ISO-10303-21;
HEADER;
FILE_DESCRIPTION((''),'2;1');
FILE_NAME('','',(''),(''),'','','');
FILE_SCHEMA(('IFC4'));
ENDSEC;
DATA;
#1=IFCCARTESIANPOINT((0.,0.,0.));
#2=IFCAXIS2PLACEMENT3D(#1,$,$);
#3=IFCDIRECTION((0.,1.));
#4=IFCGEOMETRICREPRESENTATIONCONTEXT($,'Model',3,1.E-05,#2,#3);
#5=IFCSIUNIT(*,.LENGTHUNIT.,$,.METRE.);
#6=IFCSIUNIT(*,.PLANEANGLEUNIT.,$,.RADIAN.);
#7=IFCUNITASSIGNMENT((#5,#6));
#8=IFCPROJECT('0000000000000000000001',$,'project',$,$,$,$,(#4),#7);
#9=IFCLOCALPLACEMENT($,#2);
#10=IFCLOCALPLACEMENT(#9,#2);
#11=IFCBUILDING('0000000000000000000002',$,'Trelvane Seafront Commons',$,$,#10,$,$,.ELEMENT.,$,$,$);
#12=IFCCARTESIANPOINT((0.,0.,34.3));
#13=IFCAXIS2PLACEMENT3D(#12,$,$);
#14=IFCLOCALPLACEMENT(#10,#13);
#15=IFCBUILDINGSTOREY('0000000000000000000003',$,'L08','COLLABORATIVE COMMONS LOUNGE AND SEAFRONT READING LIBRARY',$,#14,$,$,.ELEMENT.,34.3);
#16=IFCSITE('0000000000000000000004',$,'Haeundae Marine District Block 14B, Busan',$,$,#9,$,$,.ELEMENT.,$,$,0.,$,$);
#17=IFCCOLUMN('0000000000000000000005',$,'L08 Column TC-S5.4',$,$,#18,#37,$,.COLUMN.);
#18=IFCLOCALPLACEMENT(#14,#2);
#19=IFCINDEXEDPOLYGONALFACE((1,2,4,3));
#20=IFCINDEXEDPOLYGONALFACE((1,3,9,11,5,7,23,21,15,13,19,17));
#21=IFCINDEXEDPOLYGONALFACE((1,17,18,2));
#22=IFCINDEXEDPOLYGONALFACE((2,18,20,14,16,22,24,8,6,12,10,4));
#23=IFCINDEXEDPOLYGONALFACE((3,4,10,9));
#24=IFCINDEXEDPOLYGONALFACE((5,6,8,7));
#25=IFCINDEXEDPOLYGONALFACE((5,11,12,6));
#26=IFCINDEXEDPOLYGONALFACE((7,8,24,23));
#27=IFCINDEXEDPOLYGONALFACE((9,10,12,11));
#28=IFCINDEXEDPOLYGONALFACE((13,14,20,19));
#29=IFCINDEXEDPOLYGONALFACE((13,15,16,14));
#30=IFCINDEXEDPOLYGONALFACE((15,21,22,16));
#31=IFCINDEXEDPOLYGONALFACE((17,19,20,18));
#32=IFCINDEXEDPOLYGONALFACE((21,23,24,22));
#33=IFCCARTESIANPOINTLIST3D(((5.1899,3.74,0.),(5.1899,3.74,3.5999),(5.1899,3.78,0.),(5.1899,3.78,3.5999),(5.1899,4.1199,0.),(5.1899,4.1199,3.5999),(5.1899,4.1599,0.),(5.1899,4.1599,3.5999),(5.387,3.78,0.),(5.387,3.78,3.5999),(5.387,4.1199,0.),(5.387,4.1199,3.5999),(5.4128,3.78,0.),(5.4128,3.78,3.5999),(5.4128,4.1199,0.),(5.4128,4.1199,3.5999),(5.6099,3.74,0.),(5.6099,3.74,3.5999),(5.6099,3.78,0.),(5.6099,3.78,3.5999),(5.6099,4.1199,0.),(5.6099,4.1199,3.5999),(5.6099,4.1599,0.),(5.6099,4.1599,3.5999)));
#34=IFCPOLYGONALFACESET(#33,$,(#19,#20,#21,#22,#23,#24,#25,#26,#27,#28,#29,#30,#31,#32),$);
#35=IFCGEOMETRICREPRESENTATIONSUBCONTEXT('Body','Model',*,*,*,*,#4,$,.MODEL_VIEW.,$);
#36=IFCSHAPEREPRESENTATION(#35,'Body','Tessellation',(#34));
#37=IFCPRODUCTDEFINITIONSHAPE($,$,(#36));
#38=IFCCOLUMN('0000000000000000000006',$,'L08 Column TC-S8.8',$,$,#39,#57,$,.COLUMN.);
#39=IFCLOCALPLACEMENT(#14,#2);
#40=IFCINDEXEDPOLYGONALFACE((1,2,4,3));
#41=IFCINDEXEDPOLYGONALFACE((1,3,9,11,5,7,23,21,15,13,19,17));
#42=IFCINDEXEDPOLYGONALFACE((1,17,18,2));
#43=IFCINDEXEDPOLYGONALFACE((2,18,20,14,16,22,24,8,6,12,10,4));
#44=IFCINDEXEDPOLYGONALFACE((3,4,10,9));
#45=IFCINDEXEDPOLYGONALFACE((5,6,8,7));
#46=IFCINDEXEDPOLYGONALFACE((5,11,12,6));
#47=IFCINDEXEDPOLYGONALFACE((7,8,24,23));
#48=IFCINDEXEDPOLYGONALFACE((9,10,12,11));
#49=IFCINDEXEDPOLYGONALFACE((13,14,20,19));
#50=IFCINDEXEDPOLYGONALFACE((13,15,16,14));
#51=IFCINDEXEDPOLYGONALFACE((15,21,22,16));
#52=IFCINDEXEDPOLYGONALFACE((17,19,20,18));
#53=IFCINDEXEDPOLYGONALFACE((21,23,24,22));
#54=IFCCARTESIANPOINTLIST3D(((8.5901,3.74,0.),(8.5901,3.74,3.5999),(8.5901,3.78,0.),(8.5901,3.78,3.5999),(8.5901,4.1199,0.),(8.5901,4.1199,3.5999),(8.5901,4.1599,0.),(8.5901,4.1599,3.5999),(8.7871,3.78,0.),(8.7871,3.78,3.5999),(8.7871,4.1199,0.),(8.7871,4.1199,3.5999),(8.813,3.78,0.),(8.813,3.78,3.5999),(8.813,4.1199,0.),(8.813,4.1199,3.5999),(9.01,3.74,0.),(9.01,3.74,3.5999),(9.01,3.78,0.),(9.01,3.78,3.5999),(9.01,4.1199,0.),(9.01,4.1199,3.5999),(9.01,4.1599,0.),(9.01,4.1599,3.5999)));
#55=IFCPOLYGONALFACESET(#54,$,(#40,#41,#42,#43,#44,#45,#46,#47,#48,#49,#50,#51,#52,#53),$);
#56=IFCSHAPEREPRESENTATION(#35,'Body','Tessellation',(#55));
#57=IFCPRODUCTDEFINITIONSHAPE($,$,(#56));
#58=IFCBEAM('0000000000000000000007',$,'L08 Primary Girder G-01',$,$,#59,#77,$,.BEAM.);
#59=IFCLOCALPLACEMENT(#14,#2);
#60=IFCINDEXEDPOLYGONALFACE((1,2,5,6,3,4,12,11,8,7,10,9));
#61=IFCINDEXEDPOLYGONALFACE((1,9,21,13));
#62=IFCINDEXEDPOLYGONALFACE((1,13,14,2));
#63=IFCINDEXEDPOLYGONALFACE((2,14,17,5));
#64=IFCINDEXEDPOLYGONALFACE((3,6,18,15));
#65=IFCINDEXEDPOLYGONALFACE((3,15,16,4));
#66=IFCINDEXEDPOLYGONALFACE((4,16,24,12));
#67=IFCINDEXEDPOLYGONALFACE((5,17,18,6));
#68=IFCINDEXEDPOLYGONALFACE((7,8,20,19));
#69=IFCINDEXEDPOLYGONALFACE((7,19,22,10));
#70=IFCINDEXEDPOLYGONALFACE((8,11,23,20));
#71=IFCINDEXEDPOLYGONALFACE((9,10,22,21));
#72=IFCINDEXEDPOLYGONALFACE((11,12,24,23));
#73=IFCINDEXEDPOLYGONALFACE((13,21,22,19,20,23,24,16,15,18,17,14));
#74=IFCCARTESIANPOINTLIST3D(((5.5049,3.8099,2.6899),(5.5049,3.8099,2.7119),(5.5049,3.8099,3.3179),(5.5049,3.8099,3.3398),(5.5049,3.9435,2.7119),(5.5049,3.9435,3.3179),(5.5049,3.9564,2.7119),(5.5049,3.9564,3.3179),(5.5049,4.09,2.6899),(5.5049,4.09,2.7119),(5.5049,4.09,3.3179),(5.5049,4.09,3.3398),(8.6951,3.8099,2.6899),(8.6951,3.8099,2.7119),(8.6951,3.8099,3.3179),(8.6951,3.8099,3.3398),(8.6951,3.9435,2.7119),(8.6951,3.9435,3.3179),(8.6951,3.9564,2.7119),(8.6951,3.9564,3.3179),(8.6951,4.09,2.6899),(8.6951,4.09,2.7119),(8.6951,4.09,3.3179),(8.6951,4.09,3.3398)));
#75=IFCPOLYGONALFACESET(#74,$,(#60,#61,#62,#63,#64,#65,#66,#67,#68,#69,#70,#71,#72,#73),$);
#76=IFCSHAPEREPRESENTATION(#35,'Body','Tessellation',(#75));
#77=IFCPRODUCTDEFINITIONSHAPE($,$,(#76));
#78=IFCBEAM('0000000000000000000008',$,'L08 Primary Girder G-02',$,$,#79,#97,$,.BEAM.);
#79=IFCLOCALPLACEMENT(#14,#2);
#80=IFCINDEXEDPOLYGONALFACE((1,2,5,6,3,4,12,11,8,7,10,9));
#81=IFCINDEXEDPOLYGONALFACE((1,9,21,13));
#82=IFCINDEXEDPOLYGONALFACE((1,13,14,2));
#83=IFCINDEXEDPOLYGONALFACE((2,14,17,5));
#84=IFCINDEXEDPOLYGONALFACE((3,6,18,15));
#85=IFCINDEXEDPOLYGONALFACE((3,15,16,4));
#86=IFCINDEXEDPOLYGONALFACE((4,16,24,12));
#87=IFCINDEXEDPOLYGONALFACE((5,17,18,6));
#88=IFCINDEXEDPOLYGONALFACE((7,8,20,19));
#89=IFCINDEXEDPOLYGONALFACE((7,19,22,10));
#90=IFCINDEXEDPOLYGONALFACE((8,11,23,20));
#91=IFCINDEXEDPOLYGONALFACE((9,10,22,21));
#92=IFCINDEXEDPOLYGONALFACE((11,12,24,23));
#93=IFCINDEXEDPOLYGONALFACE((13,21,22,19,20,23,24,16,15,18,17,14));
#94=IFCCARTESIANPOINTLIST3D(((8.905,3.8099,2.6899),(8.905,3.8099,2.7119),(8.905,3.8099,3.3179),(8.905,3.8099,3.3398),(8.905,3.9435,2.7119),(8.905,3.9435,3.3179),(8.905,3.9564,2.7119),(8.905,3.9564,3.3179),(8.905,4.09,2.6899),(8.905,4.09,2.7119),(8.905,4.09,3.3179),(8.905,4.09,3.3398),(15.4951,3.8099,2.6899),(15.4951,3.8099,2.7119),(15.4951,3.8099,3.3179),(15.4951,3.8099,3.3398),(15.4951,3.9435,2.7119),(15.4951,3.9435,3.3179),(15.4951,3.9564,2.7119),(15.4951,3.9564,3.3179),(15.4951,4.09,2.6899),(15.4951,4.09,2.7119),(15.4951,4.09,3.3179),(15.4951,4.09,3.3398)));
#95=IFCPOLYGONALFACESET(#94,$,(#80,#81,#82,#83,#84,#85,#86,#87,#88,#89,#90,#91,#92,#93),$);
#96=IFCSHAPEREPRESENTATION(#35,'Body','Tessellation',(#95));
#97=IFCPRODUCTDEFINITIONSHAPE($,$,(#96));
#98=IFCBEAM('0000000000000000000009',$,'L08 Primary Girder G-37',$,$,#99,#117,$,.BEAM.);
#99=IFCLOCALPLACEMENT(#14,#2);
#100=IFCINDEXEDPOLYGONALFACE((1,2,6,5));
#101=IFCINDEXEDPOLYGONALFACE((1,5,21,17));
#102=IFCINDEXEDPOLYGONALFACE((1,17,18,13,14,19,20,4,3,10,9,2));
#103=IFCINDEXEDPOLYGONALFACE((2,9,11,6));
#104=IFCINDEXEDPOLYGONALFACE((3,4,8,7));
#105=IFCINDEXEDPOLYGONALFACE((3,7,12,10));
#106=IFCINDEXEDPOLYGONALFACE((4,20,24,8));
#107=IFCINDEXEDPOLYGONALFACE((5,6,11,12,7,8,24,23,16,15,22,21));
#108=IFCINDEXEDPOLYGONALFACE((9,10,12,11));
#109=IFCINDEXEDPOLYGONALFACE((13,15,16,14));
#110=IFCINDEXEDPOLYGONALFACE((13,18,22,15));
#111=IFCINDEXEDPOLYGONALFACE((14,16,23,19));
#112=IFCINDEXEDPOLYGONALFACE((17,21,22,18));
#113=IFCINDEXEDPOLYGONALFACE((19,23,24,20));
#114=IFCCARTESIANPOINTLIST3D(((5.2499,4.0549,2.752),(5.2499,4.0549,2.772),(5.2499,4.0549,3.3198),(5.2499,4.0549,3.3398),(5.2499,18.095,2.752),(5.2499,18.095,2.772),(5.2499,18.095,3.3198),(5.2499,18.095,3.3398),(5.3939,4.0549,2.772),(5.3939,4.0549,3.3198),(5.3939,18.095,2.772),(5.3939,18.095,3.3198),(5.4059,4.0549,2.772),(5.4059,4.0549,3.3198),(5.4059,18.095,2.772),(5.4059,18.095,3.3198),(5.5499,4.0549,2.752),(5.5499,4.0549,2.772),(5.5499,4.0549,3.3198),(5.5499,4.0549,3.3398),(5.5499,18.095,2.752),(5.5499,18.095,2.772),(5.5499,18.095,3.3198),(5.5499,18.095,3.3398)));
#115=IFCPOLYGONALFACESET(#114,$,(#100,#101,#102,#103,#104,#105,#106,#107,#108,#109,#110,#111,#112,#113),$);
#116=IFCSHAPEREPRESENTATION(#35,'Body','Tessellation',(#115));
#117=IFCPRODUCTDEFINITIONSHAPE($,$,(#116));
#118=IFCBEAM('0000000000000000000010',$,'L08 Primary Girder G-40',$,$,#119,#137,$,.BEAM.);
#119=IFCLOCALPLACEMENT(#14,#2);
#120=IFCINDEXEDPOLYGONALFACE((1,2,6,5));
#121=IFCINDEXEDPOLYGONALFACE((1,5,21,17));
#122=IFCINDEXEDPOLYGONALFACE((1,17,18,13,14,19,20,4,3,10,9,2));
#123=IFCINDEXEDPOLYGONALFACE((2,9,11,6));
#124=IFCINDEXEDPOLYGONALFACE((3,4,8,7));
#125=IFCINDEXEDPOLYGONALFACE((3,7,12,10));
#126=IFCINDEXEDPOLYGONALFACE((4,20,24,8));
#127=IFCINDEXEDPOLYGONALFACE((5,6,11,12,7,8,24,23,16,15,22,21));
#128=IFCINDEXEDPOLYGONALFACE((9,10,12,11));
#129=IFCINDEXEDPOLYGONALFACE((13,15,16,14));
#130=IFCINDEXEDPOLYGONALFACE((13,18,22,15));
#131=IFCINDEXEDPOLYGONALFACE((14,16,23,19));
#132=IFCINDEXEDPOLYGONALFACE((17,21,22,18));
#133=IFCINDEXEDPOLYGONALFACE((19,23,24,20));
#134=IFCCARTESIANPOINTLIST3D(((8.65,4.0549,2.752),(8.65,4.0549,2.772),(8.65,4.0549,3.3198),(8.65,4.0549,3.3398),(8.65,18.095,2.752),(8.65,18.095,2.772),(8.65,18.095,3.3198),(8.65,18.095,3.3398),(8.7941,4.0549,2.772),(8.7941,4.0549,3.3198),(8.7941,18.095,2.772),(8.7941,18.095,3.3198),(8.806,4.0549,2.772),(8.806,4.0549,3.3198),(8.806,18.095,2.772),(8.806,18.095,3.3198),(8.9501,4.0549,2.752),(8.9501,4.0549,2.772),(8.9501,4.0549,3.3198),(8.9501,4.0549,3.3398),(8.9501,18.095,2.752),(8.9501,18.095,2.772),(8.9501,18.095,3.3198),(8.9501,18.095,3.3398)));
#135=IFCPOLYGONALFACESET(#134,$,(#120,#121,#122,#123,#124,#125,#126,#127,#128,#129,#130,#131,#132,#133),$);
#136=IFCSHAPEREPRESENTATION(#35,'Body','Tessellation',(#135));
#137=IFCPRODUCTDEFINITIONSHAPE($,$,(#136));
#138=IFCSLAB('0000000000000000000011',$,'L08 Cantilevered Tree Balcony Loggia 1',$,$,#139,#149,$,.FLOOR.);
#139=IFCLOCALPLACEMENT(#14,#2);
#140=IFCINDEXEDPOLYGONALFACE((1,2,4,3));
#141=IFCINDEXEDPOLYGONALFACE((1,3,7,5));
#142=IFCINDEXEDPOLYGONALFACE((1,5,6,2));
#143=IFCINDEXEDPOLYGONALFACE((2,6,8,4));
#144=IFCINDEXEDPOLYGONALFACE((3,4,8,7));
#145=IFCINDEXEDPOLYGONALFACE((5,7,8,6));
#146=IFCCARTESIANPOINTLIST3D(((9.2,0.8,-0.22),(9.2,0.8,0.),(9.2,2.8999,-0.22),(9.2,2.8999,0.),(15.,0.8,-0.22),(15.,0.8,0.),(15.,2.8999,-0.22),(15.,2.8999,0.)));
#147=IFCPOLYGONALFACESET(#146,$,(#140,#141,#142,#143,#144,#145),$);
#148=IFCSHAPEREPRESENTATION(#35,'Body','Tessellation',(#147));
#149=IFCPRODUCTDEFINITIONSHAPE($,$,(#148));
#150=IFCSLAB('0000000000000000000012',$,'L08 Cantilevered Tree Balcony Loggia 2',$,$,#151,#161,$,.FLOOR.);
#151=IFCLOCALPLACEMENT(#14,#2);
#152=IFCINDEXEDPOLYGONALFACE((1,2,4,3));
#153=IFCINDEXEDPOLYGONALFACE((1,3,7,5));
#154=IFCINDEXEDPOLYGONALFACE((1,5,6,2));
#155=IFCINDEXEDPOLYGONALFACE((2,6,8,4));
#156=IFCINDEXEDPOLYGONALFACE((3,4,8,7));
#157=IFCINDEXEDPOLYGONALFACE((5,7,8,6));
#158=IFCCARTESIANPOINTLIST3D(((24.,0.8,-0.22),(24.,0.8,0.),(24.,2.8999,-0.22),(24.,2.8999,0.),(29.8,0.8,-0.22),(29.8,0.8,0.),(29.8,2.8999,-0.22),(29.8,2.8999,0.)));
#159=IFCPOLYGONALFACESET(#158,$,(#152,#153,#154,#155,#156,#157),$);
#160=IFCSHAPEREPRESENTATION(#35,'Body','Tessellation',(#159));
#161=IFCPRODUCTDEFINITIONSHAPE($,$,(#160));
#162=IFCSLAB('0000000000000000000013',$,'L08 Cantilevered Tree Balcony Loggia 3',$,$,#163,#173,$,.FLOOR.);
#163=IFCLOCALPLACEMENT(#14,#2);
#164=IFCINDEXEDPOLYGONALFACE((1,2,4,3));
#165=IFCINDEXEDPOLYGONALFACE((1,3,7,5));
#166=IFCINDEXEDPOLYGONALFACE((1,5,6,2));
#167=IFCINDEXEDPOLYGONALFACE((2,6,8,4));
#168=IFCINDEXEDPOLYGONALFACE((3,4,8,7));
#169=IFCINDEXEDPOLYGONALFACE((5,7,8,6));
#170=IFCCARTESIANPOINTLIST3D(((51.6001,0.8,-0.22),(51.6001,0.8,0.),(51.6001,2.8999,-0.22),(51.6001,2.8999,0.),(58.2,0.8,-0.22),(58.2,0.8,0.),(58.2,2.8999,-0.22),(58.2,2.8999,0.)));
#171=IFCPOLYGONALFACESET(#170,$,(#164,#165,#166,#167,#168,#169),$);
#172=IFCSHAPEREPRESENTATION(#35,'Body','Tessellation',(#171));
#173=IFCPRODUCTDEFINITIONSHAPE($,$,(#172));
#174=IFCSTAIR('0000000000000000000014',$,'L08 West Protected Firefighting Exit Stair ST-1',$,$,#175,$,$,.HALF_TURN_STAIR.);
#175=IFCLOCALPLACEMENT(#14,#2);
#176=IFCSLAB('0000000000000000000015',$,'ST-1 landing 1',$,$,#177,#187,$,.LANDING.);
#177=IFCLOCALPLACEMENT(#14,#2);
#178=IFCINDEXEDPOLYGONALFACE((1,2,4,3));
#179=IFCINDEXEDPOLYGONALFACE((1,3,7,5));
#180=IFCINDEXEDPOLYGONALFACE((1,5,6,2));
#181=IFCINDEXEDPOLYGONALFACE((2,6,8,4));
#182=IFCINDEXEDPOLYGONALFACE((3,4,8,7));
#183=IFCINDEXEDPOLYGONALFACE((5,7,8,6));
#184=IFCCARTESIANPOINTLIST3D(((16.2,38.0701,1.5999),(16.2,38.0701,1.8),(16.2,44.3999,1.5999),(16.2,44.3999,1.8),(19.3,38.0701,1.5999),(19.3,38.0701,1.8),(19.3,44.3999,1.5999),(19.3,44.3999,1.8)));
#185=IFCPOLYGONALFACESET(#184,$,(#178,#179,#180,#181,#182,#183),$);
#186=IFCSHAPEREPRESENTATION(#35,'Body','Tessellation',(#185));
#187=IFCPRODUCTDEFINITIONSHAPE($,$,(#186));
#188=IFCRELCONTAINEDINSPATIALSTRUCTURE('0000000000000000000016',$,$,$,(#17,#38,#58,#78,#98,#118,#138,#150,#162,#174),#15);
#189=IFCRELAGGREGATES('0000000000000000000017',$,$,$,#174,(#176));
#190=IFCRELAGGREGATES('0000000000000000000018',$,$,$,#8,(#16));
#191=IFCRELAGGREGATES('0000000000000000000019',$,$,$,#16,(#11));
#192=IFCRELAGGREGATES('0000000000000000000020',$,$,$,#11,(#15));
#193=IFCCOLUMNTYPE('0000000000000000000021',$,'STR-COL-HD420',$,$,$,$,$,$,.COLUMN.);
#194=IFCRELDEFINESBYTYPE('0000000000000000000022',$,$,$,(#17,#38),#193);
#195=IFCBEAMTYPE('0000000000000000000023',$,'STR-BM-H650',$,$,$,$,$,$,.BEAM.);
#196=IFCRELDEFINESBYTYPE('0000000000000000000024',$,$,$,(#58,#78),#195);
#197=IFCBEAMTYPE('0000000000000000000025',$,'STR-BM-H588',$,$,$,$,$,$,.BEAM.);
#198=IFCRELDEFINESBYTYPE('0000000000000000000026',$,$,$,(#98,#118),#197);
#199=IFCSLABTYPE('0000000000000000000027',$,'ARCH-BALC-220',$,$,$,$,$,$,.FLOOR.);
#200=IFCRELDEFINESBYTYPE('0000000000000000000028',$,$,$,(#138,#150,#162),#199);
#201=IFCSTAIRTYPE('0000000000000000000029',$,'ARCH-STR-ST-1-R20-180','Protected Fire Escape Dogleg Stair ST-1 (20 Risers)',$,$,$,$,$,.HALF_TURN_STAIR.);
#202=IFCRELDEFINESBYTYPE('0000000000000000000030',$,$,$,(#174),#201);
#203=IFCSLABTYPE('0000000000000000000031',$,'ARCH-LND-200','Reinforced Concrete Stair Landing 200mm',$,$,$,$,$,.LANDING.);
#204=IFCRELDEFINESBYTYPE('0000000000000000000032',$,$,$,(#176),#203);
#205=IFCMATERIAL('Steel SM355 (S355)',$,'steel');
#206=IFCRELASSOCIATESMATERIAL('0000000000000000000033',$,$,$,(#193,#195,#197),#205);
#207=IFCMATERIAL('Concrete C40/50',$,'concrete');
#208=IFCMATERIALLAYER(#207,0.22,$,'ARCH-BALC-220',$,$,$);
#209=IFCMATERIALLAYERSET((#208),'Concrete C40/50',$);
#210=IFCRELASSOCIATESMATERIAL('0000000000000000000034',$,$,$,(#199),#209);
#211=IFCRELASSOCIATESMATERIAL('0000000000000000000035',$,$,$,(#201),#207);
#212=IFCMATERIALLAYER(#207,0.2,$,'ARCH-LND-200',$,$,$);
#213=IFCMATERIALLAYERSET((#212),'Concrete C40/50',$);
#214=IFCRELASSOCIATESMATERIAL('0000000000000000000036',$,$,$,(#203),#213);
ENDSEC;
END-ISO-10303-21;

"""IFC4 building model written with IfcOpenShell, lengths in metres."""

from ifc_helpers import new_model, si_unit, direction, frame, origin, origin_2d, place, context, subcontext, project, spatial, polyline, i_section, outline, extrude, source, transform, mapped, material, layer, layer_set, material_profile, profile_set, type_object, element, aggregate, save


model = new_model("IFC4")

# Units and contexts
model_context = context("Model", 3, precision=1e-05, world=origin(), true_north=direction((0.0, 1.0)))
body_context = subcontext(model_context, "Body", "Model", "MODEL_VIEW")
ifc_project = project(units=[si_unit("LENGTHUNIT", "METRE"), si_unit("PLANEANGLEUNIT", "RADIAN")], contexts=[model_context])

# Site, building, storey
site_placement = place(None, origin())
site = spatial("IfcSite", under=ifc_project, at=site_placement, Name="Haeundae Marine District Block 14B, Busan", CompositionType="ELEMENT", RefElevation=0.0)
building_placement = place(site_placement, origin())
building = spatial("IfcBuilding", under=site, at=building_placement, Name="Trelvane Seafront Commons", CompositionType="ELEMENT")
storey_placement = place(building_placement, frame((0.0, 0.0, 34.3)))
storey = spatial("IfcBuildingStorey", under=building, at=storey_placement, Name="L08", Description="COLLABORATIVE COMMONS LOUNGE AND SEAFRONT READING LIBRARY", CompositionType="ELEMENT", Elevation=34.3)

# Columns
ifc_material_1 = material(Name="Steel SM355 (S355)", Category="steel")
ifc_material_profile_1 = material_profile(ifc_material_1, i_section(OverallWidth=0.4199, OverallDepth=0.4199, WebThickness=0.0259, FlangeThickness=0.04, at=origin_2d()), Name="HD-420x420x26x40")
ifc_profile_set_1 = profile_set([ifc_material_profile_1], Name="Steel SM355 (S355)")
column_type = type_object("IfcColumnType", Name="STR-COL-HD420", PredefinedType="COLUMN", material=ifc_profile_set_1)
shared_shape_1 = source(origin(), body_context, "Body", "SweptSolid", [
    extrude(i_section(OverallWidth=0.4199, OverallDepth=0.4199, WebThickness=0.0259, FlangeThickness=0.04, at=origin_2d()), origin(), (0.0, 0.0, 1.0), 3.5999),
])
for number, where, z_axis, x_axis, name in (
    (1, (5.3999, 3.95, 0.0), (0.0, 0.0, 1.0), (1.0, 0.0, 0.0), "L08 Column TC-S5.4"),
    (2, (8.8, 3.95, 0.0), (0.0, 0.0, 1.0), (1.0, 0.0, 0.0), "L08 Column TC-S8.8"),
):
    element("IfcColumn", number, at=place(storey_placement, frame(where, z_axis=z_axis, x_axis=x_axis)), inside=storey, type_object=column_type, Name=name, PredefinedType="COLUMN", context=body_context, shape_type="MappedRepresentation", body=[
        mapped(shared_shape_1, transform((0.0, 0.0, 0.0), x_axis=(1.0, 0.0, 0.0), y_axis=(0.0, 1.0, 0.0), z_axis=(0.0, 0.0, 1.0), scale=1.0)),
    ])

# Beams
ifc_material_profile_2 = material_profile(ifc_material_1, i_section(OverallWidth=0.28, OverallDepth=0.6499, WebThickness=0.0129, FlangeThickness=0.022, at=origin_2d()), Name="H-650x280x13x22")
ifc_profile_set_2 = profile_set([ifc_material_profile_2], Name="Steel SM355 (S355)")
beam_type_1 = type_object("IfcBeamType", Name="STR-BM-H650", PredefinedType="BEAM", material=ifc_profile_set_2)
shared_shape_2 = source(origin(), body_context, "Body", "SweptSolid", [
    extrude(i_section(OverallWidth=0.28, OverallDepth=0.6499, WebThickness=0.0129, FlangeThickness=0.022, at=origin_2d()), origin(), (0.0, 0.0, 1.0), 3.1902),
])
beam_1_placement = place(storey_placement, frame((5.5049, 3.95, 3.0149), z_axis=(1.0, 0.0, 0.0), x_axis=(0.0, 1.0, 0.0)))
element("IfcBeam", 3, at=beam_1_placement, inside=storey, type_object=beam_type_1, Name="L08 Primary Girder G-01", PredefinedType="BEAM", context=body_context, shape_type="MappedRepresentation", body=[
    mapped(shared_shape_2, transform((0.0, 0.0, 0.0), x_axis=(1.0, 0.0, 0.0), y_axis=(0.0, 1.0, 0.0), z_axis=(0.0, 0.0, 1.0), scale=1.0)),
])
shared_shape_3 = source(origin(), body_context, "Body", "SweptSolid", [
    extrude(i_section(OverallWidth=0.28, OverallDepth=0.6499, WebThickness=0.0129, FlangeThickness=0.022, at=origin_2d()), origin(), (0.0, 0.0, 1.0), 6.5901),
])
beam_2_placement = place(storey_placement, frame((8.905, 3.95, 3.0149), z_axis=(1.0, 0.0, 0.0), x_axis=(0.0, 1.0, 0.0)))
element("IfcBeam", 4, at=beam_2_placement, inside=storey, type_object=beam_type_1, Name="L08 Primary Girder G-02", PredefinedType="BEAM", context=body_context, shape_type="MappedRepresentation", body=[
    mapped(shared_shape_3, transform((0.0, 0.0, 0.0), x_axis=(1.0, 0.0, 0.0), y_axis=(0.0, 1.0, 0.0), z_axis=(0.0, 0.0, 1.0), scale=1.0)),
])
ifc_material_profile_3 = material_profile(ifc_material_1, i_section(OverallWidth=0.3, OverallDepth=0.5879, WebThickness=0.012, FlangeThickness=0.02, at=origin_2d()), Name="H-588x300x12x20")
ifc_profile_set_3 = profile_set([ifc_material_profile_3], Name="Steel SM355 (S355)")
beam_type_2 = type_object("IfcBeamType", Name="STR-BM-H588", PredefinedType="BEAM", material=ifc_profile_set_3)
shared_shape_4 = source(origin(), body_context, "Body", "SweptSolid", [
    extrude(i_section(OverallWidth=0.3, OverallDepth=0.5879, WebThickness=0.012, FlangeThickness=0.02, at=origin_2d()), origin(), (0.0, 0.0, 1.0), 14.04),
])
for number, where, z_axis, x_axis, name in (
    (5, (5.3999, 4.0549, 3.0459), (0.0, 1.0, 0.0), (-1.0, 0.0, 0.0), "L08 Primary Girder G-37"),
    (6, (8.8, 4.0549, 3.0459), (0.0, 1.0, 0.0), (-1.0, 0.0, 0.0), "L08 Primary Girder G-40"),
):
    element("IfcBeam", number, at=place(storey_placement, frame(where, z_axis=z_axis, x_axis=x_axis)), inside=storey, type_object=beam_type_2, Name=name, PredefinedType="BEAM", context=body_context, shape_type="MappedRepresentation", body=[
        mapped(shared_shape_4, transform((0.0, 0.0, 0.0), x_axis=(1.0, 0.0, 0.0), y_axis=(0.0, 1.0, 0.0), z_axis=(0.0, 0.0, 1.0), scale=1.0)),
    ])

# Slabs
ifc_material_2 = material(Name="Concrete C40/50", Category="concrete")
ifc_layer_1 = layer(ifc_material_2, 0.22, Name="ARCH-BALC-220")
ifc_layer_set_1 = layer_set([ifc_layer_1], Name="Concrete C40/50")
slab_type_1 = type_object("IfcSlabType", Name="ARCH-BALC-220", PredefinedType="FLOOR", material=ifc_layer_set_1)
slab_1_placement = place(storey_placement, frame((0.0, 0.0, -0.22)))
element("IfcSlab", 7, at=slab_1_placement, inside=storey, type_object=slab_type_1, Name="L08 Cantilevered Tree Balcony Loggia 1", PredefinedType="FLOOR", context=body_context, shape_type="SweptSolid", body=[
    extrude(outline(polyline([(9.2, 0.8), (15.0, 0.8), (15.0, 2.8999), (9.2, 2.8999), (9.2, 0.8)])), origin(), (0.0, 0.0, 1.0), 0.22),
])
slab_2_placement = place(storey_placement, frame((0.0, 0.0, -0.22)))
element("IfcSlab", 8, at=slab_2_placement, inside=storey, type_object=slab_type_1, Name="L08 Cantilevered Tree Balcony Loggia 2", PredefinedType="FLOOR", context=body_context, shape_type="SweptSolid", body=[
    extrude(outline(polyline([(24.0, 0.8), (29.8, 0.8), (29.8, 2.8999), (24.0, 2.8999), (24.0, 0.8)])), origin(), (0.0, 0.0, 1.0), 0.22),
])
slab_3_placement = place(storey_placement, frame((0.0, 0.0, -0.22)))
element("IfcSlab", 9, at=slab_3_placement, inside=storey, type_object=slab_type_1, Name="L08 Cantilevered Tree Balcony Loggia 3", PredefinedType="FLOOR", context=body_context, shape_type="SweptSolid", body=[
    extrude(outline(polyline([(51.6001, 0.8), (58.2, 0.8), (58.2, 2.8999), (51.6001, 2.8999), (51.6001, 0.8)])), origin(), (0.0, 0.0, 1.0), 0.22),
])

# Stair, slab
stair_type_1 = type_object("IfcStairType", Name="ARCH-STR-ST-1-R20-180", Description="Protected Fire Escape Dogleg Stair ST-1 (20 Risers)", PredefinedType="HALF_TURN_STAIR", material=ifc_material_2)
stair_1_placement = place(storey_placement, origin())
stair_1 = element("IfcStair", 10, at=stair_1_placement, inside=storey, type_object=stair_type_1, Name="L08 West Protected Firefighting Exit Stair ST-1", PredefinedType="HALF_TURN_STAIR")
ifc_layer_2 = layer(ifc_material_2, 0.2, Name="ARCH-LND-200")
ifc_layer_set_2 = layer_set([ifc_layer_2], Name="Concrete C40/50")
slab_type_2 = type_object("IfcSlabType", Name="ARCH-LND-200", Description="Reinforced Concrete Stair Landing 200mm", PredefinedType="LANDING", material=ifc_layer_set_2)
slab_4_placement = place(storey_placement, frame((0.0, 0.0, 1.5999)))
slab_4 = element("IfcSlab", 11, at=slab_4_placement, type_object=slab_type_2, Name="ST-1 landing 1", PredefinedType="LANDING", context=body_context, shape_type="SweptSolid", body=[
    extrude(outline(polyline([(19.3, 38.0701), (19.3, 44.3999), (16.2, 44.3999), (16.2, 38.0701), (19.3, 38.0701)])), origin(), (0.0, 0.0, 1.0), 0.2002),
])
aggregate(stair_1, [slab_4])

save(model, "model.ifc")
